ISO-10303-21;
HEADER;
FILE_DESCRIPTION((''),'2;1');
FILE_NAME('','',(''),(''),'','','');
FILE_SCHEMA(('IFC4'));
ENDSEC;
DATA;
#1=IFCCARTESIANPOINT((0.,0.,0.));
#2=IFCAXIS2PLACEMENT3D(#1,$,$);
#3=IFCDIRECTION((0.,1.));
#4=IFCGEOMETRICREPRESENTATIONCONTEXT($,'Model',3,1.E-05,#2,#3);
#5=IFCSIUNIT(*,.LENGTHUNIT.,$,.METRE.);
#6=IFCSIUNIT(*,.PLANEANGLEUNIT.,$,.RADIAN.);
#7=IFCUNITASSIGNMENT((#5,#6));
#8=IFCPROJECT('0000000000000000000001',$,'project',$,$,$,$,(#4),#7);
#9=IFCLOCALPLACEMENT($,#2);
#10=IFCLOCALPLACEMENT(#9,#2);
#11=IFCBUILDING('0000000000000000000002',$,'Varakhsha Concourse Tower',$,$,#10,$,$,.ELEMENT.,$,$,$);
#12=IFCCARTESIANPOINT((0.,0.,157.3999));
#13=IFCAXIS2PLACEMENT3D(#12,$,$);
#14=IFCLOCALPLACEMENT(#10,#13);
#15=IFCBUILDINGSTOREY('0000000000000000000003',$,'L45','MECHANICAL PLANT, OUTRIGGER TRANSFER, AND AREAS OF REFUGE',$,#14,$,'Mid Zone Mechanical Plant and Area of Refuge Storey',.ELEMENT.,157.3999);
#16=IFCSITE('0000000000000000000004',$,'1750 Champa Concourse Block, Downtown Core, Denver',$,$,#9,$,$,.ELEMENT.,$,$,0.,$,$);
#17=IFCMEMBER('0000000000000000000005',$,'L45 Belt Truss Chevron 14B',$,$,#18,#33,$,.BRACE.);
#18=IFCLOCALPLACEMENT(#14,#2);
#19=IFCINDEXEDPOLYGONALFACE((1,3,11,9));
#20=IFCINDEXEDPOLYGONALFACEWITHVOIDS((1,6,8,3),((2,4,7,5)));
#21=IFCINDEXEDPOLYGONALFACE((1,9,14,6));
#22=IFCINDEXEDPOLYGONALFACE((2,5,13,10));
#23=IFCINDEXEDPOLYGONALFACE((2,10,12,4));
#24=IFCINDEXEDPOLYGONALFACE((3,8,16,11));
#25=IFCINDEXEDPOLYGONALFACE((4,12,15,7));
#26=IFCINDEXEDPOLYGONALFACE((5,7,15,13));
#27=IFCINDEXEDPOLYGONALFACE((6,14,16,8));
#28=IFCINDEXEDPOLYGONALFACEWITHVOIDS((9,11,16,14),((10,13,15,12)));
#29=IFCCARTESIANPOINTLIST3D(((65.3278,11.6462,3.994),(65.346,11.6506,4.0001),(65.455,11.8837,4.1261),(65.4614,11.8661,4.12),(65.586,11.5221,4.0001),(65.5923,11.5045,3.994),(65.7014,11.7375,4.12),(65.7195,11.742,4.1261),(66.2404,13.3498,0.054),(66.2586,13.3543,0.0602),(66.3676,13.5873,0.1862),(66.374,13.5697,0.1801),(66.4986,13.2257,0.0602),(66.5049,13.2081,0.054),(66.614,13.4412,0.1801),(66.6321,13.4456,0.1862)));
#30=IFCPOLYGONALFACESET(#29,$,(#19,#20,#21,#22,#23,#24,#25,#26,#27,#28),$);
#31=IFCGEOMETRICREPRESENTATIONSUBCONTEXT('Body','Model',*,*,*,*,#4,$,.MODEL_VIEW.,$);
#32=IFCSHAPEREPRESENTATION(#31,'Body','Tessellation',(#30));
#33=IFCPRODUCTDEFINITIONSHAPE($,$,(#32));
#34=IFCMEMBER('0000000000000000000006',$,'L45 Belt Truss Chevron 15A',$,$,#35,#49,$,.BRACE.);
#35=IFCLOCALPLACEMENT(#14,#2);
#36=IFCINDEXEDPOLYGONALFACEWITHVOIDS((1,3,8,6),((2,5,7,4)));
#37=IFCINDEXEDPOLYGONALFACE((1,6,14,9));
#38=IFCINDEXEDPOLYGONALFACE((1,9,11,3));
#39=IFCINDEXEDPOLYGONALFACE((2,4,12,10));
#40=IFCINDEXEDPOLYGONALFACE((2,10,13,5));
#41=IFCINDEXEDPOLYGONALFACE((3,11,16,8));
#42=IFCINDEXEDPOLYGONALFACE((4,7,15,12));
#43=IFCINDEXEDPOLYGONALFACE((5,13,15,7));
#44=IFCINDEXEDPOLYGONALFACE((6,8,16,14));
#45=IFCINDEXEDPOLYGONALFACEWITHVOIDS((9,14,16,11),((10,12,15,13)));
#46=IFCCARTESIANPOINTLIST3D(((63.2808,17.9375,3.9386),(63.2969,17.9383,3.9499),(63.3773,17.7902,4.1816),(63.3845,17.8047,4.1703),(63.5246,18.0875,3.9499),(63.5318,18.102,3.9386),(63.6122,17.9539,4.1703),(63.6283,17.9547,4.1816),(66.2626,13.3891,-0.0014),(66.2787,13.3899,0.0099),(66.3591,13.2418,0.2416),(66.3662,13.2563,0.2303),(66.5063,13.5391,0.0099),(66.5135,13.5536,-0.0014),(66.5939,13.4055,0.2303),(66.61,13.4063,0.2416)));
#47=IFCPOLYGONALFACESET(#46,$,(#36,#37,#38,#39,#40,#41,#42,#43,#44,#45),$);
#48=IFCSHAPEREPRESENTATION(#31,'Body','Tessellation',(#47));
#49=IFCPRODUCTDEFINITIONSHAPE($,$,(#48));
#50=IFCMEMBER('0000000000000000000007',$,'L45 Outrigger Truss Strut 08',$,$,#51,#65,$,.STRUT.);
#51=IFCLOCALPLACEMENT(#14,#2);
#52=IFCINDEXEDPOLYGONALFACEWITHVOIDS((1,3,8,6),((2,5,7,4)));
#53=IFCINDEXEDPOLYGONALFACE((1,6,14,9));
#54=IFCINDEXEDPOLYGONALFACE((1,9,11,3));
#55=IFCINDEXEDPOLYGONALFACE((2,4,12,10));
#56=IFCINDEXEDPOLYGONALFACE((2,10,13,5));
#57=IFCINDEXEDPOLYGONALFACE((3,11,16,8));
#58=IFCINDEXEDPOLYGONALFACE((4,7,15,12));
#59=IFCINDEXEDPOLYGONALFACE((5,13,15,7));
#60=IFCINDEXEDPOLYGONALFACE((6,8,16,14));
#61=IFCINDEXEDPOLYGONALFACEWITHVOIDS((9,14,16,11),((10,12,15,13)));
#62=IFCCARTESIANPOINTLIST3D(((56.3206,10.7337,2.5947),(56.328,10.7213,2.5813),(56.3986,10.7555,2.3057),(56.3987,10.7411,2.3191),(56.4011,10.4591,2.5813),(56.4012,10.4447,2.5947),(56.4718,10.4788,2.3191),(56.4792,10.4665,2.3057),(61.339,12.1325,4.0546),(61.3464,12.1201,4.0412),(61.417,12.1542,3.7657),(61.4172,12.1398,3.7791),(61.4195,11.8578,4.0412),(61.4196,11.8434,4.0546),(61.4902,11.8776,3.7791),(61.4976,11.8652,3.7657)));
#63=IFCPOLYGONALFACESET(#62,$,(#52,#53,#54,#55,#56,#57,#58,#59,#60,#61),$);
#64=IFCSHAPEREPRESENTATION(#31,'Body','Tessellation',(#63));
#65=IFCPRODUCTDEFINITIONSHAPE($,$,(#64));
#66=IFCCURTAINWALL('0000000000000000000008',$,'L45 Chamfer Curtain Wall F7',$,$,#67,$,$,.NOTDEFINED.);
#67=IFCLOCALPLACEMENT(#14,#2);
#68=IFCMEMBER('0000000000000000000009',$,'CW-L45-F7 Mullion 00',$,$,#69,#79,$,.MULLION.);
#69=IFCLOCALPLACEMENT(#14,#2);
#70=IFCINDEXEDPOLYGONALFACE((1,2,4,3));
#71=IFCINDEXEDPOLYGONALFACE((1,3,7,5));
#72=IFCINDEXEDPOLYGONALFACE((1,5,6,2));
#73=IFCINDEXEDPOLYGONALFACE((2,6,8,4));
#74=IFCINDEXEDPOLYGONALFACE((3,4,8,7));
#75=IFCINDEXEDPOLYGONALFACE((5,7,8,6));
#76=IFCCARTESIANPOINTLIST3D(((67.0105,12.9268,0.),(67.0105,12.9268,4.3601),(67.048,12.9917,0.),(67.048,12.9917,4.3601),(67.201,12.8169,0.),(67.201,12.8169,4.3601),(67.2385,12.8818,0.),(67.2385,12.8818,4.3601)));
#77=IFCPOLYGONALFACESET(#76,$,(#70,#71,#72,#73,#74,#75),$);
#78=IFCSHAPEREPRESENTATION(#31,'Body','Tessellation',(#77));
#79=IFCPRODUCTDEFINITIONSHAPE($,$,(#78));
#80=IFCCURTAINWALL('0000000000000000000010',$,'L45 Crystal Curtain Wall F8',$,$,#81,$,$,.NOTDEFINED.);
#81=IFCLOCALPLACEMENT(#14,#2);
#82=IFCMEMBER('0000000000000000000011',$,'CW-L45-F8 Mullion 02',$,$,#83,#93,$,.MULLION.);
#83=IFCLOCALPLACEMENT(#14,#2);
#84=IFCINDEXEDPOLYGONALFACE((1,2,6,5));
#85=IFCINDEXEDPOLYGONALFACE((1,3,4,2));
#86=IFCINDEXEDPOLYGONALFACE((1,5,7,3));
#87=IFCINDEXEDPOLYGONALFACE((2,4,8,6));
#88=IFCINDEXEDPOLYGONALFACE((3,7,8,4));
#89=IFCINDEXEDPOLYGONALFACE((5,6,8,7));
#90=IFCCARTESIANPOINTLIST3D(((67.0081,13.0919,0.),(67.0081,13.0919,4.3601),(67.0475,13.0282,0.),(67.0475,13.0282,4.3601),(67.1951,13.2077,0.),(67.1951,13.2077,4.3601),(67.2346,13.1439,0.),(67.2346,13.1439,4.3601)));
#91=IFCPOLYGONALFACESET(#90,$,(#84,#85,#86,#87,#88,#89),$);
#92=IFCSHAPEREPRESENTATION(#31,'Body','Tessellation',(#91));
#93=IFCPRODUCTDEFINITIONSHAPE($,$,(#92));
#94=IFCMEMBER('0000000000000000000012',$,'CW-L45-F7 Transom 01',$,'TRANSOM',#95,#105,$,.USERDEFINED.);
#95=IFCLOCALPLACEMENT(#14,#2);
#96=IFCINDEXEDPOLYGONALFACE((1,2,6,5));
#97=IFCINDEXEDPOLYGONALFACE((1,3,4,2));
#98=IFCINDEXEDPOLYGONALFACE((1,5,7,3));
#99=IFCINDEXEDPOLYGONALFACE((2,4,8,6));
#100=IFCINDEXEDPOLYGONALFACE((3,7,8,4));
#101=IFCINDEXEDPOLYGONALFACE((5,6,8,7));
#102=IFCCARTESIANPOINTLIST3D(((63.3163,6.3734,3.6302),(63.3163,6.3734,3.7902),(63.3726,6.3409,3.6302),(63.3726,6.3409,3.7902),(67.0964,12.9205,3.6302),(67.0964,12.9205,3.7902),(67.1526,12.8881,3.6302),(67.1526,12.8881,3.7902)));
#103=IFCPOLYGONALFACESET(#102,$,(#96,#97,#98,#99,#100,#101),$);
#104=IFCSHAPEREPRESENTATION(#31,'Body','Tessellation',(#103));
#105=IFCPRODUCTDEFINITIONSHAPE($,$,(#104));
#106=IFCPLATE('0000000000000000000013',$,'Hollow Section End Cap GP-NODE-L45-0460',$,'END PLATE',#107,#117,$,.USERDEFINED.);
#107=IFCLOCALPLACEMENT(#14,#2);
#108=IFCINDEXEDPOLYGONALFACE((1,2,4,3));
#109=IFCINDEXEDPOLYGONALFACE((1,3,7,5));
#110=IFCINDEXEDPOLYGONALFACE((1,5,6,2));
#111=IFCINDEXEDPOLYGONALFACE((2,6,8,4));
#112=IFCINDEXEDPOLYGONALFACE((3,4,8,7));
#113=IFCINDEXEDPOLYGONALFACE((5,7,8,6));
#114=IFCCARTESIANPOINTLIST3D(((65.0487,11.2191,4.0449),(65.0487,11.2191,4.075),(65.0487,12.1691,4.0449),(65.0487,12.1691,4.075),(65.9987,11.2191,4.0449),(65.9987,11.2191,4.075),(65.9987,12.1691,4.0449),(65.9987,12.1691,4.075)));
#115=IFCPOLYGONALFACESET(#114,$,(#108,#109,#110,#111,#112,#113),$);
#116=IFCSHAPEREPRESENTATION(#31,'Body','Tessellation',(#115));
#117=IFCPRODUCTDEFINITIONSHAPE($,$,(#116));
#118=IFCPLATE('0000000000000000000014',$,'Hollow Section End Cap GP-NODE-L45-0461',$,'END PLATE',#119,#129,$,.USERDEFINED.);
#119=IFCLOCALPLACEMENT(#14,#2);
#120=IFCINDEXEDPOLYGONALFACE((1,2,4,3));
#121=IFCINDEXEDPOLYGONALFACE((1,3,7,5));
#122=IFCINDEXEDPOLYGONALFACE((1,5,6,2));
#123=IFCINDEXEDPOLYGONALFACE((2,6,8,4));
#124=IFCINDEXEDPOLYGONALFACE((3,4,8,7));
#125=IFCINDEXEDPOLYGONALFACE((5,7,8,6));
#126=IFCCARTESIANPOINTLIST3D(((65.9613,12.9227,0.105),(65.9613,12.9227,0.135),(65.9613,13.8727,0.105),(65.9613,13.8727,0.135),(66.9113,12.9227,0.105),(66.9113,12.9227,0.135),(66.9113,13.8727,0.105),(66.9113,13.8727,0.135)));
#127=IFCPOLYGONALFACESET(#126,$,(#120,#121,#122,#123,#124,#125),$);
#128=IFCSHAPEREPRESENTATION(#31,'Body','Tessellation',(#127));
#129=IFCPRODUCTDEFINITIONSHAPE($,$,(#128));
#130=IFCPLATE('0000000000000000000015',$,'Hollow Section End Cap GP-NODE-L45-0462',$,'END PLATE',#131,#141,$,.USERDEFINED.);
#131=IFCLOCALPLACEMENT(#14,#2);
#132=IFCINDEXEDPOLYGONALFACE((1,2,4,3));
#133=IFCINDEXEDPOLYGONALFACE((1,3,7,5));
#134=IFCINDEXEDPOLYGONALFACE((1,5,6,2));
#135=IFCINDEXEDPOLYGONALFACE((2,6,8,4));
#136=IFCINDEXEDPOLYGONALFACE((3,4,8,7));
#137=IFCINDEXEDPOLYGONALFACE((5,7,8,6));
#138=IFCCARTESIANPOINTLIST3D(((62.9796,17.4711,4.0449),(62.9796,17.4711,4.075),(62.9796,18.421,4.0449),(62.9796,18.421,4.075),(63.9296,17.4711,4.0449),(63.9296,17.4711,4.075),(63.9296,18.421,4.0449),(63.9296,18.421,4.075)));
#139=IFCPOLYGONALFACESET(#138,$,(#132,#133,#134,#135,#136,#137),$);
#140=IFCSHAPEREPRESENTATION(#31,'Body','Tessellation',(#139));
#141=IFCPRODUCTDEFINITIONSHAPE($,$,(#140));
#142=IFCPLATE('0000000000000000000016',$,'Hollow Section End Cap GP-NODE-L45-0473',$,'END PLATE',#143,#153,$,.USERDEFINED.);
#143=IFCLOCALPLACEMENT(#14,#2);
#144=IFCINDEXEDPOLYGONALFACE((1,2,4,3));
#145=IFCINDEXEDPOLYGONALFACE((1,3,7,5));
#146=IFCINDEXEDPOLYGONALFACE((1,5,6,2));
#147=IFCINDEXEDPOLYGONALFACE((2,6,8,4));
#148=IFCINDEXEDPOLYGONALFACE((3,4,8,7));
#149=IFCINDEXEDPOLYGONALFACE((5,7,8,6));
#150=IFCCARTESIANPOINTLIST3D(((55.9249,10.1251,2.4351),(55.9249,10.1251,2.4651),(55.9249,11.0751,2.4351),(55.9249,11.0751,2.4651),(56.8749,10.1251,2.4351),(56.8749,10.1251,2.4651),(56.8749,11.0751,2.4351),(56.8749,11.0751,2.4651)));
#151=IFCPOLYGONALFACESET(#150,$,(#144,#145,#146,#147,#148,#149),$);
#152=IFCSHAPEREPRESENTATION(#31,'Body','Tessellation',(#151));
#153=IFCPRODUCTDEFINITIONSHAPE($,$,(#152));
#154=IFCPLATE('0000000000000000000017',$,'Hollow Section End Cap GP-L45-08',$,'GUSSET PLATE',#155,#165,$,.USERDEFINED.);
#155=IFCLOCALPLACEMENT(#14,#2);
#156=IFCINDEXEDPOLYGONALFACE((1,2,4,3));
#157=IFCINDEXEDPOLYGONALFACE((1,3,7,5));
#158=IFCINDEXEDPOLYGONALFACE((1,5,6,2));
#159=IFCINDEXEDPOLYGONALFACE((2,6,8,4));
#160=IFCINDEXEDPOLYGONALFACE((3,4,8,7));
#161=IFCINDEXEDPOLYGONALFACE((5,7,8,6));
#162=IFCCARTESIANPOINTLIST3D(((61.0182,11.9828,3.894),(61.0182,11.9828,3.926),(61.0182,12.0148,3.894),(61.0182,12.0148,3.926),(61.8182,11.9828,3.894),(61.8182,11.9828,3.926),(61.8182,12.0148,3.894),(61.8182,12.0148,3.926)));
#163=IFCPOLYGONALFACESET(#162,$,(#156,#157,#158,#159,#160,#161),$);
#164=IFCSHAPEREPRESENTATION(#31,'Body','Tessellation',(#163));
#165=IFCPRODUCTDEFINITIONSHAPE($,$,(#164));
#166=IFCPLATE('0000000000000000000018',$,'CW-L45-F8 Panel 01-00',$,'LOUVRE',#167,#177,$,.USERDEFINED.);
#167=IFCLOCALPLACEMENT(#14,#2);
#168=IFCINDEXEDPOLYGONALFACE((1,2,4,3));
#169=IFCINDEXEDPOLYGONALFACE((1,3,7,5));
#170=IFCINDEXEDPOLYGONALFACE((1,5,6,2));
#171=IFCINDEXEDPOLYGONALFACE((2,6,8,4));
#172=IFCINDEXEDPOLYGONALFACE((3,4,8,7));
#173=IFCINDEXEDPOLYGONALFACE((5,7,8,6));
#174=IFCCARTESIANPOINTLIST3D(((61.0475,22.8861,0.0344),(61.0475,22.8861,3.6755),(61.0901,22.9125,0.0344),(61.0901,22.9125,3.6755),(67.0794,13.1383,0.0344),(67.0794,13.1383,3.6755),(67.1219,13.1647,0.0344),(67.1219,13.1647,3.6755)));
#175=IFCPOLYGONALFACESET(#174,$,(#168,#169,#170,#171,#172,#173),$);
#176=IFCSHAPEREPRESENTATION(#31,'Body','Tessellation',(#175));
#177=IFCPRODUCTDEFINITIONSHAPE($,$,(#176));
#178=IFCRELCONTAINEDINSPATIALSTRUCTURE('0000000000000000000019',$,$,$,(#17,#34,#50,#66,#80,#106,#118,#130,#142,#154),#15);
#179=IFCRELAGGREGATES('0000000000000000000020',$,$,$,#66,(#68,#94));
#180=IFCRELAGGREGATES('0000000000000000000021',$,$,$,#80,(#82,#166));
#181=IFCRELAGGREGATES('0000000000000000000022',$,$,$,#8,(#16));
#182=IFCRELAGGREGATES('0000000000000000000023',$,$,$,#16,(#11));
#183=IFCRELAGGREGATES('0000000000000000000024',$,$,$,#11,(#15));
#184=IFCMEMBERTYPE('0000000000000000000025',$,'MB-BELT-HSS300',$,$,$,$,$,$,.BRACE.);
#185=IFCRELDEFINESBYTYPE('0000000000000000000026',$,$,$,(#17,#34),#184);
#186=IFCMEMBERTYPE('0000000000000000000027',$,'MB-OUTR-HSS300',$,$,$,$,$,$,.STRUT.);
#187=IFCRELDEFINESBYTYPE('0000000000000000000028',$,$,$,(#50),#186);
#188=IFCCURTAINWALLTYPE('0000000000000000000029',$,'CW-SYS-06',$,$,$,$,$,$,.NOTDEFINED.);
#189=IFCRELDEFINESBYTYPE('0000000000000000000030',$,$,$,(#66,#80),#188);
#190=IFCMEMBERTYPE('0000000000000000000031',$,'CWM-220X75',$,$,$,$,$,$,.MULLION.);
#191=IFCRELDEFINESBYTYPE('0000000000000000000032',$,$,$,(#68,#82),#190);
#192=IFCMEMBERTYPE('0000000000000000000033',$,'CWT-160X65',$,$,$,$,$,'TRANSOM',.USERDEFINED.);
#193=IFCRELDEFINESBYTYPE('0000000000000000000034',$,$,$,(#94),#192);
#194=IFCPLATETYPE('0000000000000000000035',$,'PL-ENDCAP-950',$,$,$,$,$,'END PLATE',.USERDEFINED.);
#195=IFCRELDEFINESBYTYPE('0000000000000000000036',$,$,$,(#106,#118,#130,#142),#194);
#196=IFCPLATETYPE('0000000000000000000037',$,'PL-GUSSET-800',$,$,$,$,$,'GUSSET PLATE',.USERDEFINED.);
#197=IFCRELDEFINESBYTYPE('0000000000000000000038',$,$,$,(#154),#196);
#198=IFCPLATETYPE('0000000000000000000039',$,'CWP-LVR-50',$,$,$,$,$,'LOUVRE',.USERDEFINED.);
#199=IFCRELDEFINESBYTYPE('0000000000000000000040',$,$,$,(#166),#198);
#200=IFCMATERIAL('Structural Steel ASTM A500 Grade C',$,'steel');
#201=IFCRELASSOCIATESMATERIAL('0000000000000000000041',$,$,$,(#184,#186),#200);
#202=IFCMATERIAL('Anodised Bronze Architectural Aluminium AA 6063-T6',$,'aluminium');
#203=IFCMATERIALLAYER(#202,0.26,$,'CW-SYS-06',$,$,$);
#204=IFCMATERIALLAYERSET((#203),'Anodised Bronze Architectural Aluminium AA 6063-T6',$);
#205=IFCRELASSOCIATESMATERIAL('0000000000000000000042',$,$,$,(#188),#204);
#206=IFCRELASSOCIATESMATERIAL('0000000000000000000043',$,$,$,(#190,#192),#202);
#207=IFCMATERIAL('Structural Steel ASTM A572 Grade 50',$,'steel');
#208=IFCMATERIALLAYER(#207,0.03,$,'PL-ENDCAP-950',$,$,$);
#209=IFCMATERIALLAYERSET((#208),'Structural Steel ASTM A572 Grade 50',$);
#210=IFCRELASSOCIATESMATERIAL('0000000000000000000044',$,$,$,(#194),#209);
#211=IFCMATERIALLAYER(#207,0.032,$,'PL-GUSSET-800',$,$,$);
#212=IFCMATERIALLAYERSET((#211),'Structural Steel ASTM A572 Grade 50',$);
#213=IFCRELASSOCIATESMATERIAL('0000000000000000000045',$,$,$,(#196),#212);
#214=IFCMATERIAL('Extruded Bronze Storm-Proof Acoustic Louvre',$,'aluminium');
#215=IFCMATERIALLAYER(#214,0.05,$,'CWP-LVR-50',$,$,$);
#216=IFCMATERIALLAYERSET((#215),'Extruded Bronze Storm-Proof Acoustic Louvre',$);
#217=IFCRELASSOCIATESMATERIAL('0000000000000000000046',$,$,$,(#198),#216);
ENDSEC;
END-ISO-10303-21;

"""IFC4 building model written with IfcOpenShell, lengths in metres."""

from ifc_helpers import new_model, si_unit, direction, frame, origin, origin_2d, place, context, subcontext, project, spatial, rectangle, hollow_rectangle, extrude, source, transform, mapped, material, layer, layer_set, material_profile, profile_set, type_object, type_shapes, element, aggregate, save


model = new_model("IFC4")

# Units and contexts
model_context = context("Model", 3, precision=1e-05, world=origin(), true_north=direction((0.0, 1.0)))
body_context = subcontext(model_context, "Body", "Model", "MODEL_VIEW")
ifc_project = project(units=[si_unit("LENGTHUNIT", "METRE"), si_unit("PLANEANGLEUNIT", "RADIAN")], contexts=[model_context])

# Site, building, storey
site_placement = place(None, origin())
site = spatial("IfcSite", under=ifc_project, at=site_placement, Name="1750 Champa Concourse Block, Downtown Core, Denver", CompositionType="ELEMENT", RefElevation=0.0)
building_placement = place(site_placement, origin())
building = spatial("IfcBuilding", under=site, at=building_placement, Name="Varakhsha Concourse Tower", CompositionType="ELEMENT")
storey_placement = place(building_placement, frame((0.0, 0.0, 157.3999)))
storey = spatial("IfcBuildingStorey", under=building, at=storey_placement, Name="L45", Description="MECHANICAL PLANT, OUTRIGGER TRANSFER, AND AREAS OF REFUGE", LongName="Mid Zone Mechanical Plant and Area of Refuge Storey", CompositionType="ELEMENT", Elevation=157.3999)

# Shared definitions
ifc_material_1 = material(Name="Structural Steel ASTM A572 Grade 50", Category="steel")

# Members
ifc_material_2 = material(Name="Structural Steel ASTM A500 Grade C", Category="steel")
ifc_material_profile_1 = material_profile(ifc_material_2, hollow_rectangle(XDim=0.3, YDim=0.3, WallThickness=0.0139, at=origin_2d()), Name="HSS 300x300x14")
ifc_profile_set_1 = profile_set([ifc_material_profile_1], Name="Structural Steel ASTM A500 Grade C")
member_type_1 = type_object("IfcMemberType", Name="MB-BELT-HSS300", PredefinedType="BRACE", material=ifc_profile_set_1)
shared_shape_1 = source(origin(), body_context, "Body", "SweptSolid", [
    extrude(hollow_rectangle(XDim=0.3, YDim=0.3, WallThickness=0.0139, at=origin_2d()), origin(), (0.0, 0.0, 1.0), 4.3884),
])
member_1_placement = place(storey_placement, frame((66.4363, 13.3977, 0.1201), z_axis=(-0.207956, -0.388206, 0.897803), x_axis=(0.881491, -0.4722, 0.0)))
element("IfcMember", 1, at=member_1_placement, inside=storey, type_object=member_type_1, Name="L45 Belt Truss Chevron 14B", PredefinedType="BRACE", context=body_context, shape_type="MappedRepresentation", body=[
    mapped(shared_shape_1, transform((0.0, 0.0, 0.0), scale=1.0)),
])
shared_shape_2 = source(origin(), body_context, "Body", "SweptSolid", [
    extrude(hollow_rectangle(XDim=0.3, YDim=0.3, WallThickness=0.0139, at=origin_2d()), origin(), (0.0, 0.0, 1.0), 6.7158),
])
type_shapes(member_type_1, [shared_shape_1, shared_shape_2])
member_2_placement = place(storey_placement, frame((66.4363, 13.3977, 0.1201), z_axis=(-0.443986, 0.677267, 0.586674), x_axis=(-0.836314, -0.54825, 0.0)))
element("IfcMember", 2, at=member_2_placement, inside=storey, type_object=member_type_1, Name="L45 Belt Truss Chevron 15A", PredefinedType="BRACE", context=body_context, shape_type="MappedRepresentation", body=[
    mapped(shared_shape_2, transform((0.0, 0.0, 0.0), scale=1.0)),
])
ifc_material_profile_2 = material_profile(ifc_material_2, hollow_rectangle(XDim=0.3, YDim=0.3, WallThickness=0.0139, at=origin_2d()), Name="HSS 300x300x14")
ifc_profile_set_2 = profile_set([ifc_material_profile_2], Name="Structural Steel ASTM A500 Grade C")
member_type_2 = type_object("IfcMemberType", Name="MB-OUTR-HSS300", PredefinedType="STRUT", material=ifc_profile_set_2)
shared_shape_3 = source(origin(), body_context, "Body", "SweptSolid", [
    extrude(hollow_rectangle(XDim=0.3, YDim=0.3, WallThickness=0.0139, at=origin_2d()), origin(), (0.0, 0.0, 1.0), 5.4104),
])
type_shapes(member_type_2, [shared_shape_3])
member_3_placement = place(storey_placement, frame((56.3999, 10.6001, 2.4502), z_axis=(0.927549, 0.258522, 0.269849), x_axis=(-0.268482, 0.963285, 0.0)))
element("IfcMember", 3, at=member_3_placement, inside=storey, type_object=member_type_2, Name="L45 Outrigger Truss Strut 08", PredefinedType="STRUT", context=body_context, shape_type="MappedRepresentation", body=[
    mapped(shared_shape_3, transform((0.0, 0.0, 0.0), scale=1.0)),
])

# Curtain walls, members
ifc_material_3 = material(Name="Anodised Bronze Architectural Aluminium AA 6063-T6", Category="aluminium")
ifc_layer_1 = layer(ifc_material_3, 0.26, Name="CW-SYS-06")
ifc_layer_set_1 = layer_set([ifc_layer_1], Name="Anodised Bronze Architectural Aluminium AA 6063-T6")
curtain_wall_type = type_object("IfcCurtainWallType", Name="CW-SYS-06", PredefinedType="NOTDEFINED", material=ifc_layer_set_1)
curtain_wall_1_placement = place(storey_placement, origin())
curtain_wall_1 = element("IfcCurtainWall", 4, at=curtain_wall_1_placement, inside=storey, type_object=curtain_wall_type, Name="L45 Chamfer Curtain Wall F7", PredefinedType="NOTDEFINED")
ifc_material_profile_3 = material_profile(ifc_material_3, rectangle(XDim=0.075, YDim=0.22, at=origin_2d()), Name="CWM-220X75")
ifc_profile_set_3 = profile_set([ifc_material_profile_3], Name="Anodised Bronze Architectural Aluminium AA 6063-T6")
member_type_3 = type_object("IfcMemberType", Name="CWM-220X75", PredefinedType="MULLION", material=ifc_profile_set_3)
shared_shape_4 = source(origin(), body_context, "Body", "SweptSolid", [
    extrude(rectangle(XDim=0.075, YDim=0.22, at=origin_2d()), origin(), (0.0, 0.0, 1.0), 4.3601),
])
type_shapes(member_type_3, [shared_shape_4])
member_4_placement = place(storey_placement, frame((67.1245, 12.9043, 0.0), z_axis=(0.0, 0.0, 1.0), x_axis=(-0.499991, -0.866031, 0.0)))
member_4 = element("IfcMember", 5, at=member_4_placement, type_object=member_type_3, Name="CW-L45-F7 Mullion 00", PredefinedType="MULLION", context=body_context, shape_type="MappedRepresentation", body=[
    mapped(shared_shape_4, transform((0.0, 0.0, 0.0), scale=1.0)),
])
curtain_wall_2_placement = place(storey_placement, origin())
curtain_wall_2 = element("IfcCurtainWall", 6, at=curtain_wall_2_placement, inside=storey, type_object=curtain_wall_type, Name="L45 Crystal Curtain Wall F8", PredefinedType="NOTDEFINED")
member_5_placement = place(storey_placement, frame((67.1213, 13.1179, 0.0), z_axis=(0.0, 0.0, 1.0), x_axis=(0.526199, -0.850361, 0.0)))
member_5 = element("IfcMember", 7, at=member_5_placement, type_object=member_type_3, Name="CW-L45-F8 Mullion 02", PredefinedType="MULLION", context=body_context, shape_type="MappedRepresentation", body=[
    mapped(shared_shape_4, transform((0.0, 0.0, 0.0), scale=1.0)),
])

# Member
ifc_material_profile_4 = material_profile(ifc_material_3, rectangle(XDim=0.0649, YDim=0.1599, at=origin_2d()), Name="CWT-160X65")
ifc_profile_set_4 = profile_set([ifc_material_profile_4], Name="Anodised Bronze Architectural Aluminium AA 6063-T6")
member_type_4 = type_object("IfcMemberType", Name="CWT-160X65", ElementType="TRANSOM", PredefinedType="USERDEFINED", material=ifc_profile_set_4)
shared_shape_5 = source(origin(), body_context, "Body", "SweptSolid", [
    extrude(rectangle(XDim=0.0649, YDim=0.1599, at=origin_2d()), origin(), (0.0, 0.0, 1.0), 7.5601),
])
type_shapes(member_type_4, [shared_shape_5])
member_6_placement = place(storey_placement, frame((67.1245, 12.9043, 3.7102), z_axis=(-0.500005, -0.866023, 0.0), x_axis=(0.866023, -0.500005, 0.0)))
member_6 = element("IfcMember", 8, at=member_6_placement, type_object=member_type_4, Name="CW-L45-F7 Transom 01", ObjectType="TRANSOM", PredefinedType="USERDEFINED", context=body_context, shape_type="MappedRepresentation", body=[
    mapped(shared_shape_5, transform((0.0, 0.0, 0.0), scale=1.0)),
])
aggregate(curtain_wall_1, [member_4, member_6])

# Plates
ifc_layer_2 = layer(ifc_material_1, 0.03, Name="PL-ENDCAP-950")
ifc_layer_set_2 = layer_set([ifc_layer_2], Name="Structural Steel ASTM A572 Grade 50")
plate_type_1 = type_object("IfcPlateType", Name="PL-ENDCAP-950", ElementType="END PLATE", PredefinedType="USERDEFINED", material=ifc_layer_set_2)
shared_shape_6 = source(origin(), body_context, "Body", "SweptSolid", [
    extrude(rectangle(XDim=0.95, YDim=0.95, at=origin_2d()), origin(), (0.0, 0.0, 1.0), 0.03),
])
type_shapes(plate_type_1, [shared_shape_6])
for number, where, z_axis, x_axis, name in (
    (9, (65.5237, 11.6941, 4.0449), (0.0, 0.0, 1.0), (1.0, 0.0, 0.0), "Hollow Section End Cap GP-NODE-L45-0460"),
    (10, (66.4363, 13.3977, 0.105), (0.0, 0.0, 1.0), (1.0, 0.0, 0.0), "Hollow Section End Cap GP-NODE-L45-0461"),
    (11, (63.4546, 17.946, 4.0449), (0.0, 0.0, 1.0), (1.0, 0.0, 0.0), "Hollow Section End Cap GP-NODE-L45-0462"),
    (12, (56.3999, 10.6001, 2.4351), (0.0, 0.0, 1.0), (1.0, 0.0, 0.0), "Hollow Section End Cap GP-NODE-L45-0473"),
):
    element("IfcPlate", number, at=place(storey_placement, frame(where, z_axis=z_axis, x_axis=x_axis)), inside=storey, type_object=plate_type_1, Name=name, ObjectType="END PLATE", PredefinedType="USERDEFINED", context=body_context, shape_type="MappedRepresentation", body=[
        mapped(shared_shape_6, transform((0.0, 0.0, 0.0), scale=1.0)),
    ])
ifc_layer_3 = layer(ifc_material_1, 0.032, Name="PL-GUSSET-800")
ifc_layer_set_3 = layer_set([ifc_layer_3], Name="Structural Steel ASTM A572 Grade 50")
plate_type_2 = type_object("IfcPlateType", Name="PL-GUSSET-800", ElementType="GUSSET PLATE", PredefinedType="USERDEFINED", material=ifc_layer_set_3)
shared_shape_7 = source(origin(), body_context, "Body", "SweptSolid", [
    extrude(rectangle(XDim=0.8, YDim=0.032, at=origin_2d()), origin(), (0.0, 0.0, 1.0), 0.032),
])
type_shapes(plate_type_2, [shared_shape_7])
plate_1_placement = place(storey_placement, frame((61.4182, 11.9988, 3.894), z_axis=(0.0, 0.0, 1.0), x_axis=(1.0, 0.0, 0.0)))
element("IfcPlate", 13, at=plate_1_placement, inside=storey, type_object=plate_type_2, Name="Hollow Section End Cap GP-L45-08", ObjectType="GUSSET PLATE", PredefinedType="USERDEFINED", context=body_context, shape_type="MappedRepresentation", body=[
    mapped(shared_shape_7, transform((0.0, 0.0, 0.0), scale=1.0)),
])

# Plate
ifc_material_4 = material(Name="Extruded Bronze Storm-Proof Acoustic Louvre", Category="aluminium")
ifc_layer_4 = layer(ifc_material_4, 0.05, Name="CWP-LVR-50")
ifc_layer_set_4 = layer_set([ifc_layer_4], Name="Extruded Bronze Storm-Proof Acoustic Louvre")
plate_type_3 = type_object("IfcPlateType", Name="CWP-LVR-50", ElementType="LOUVRE", PredefinedType="USERDEFINED", material=ifc_layer_set_4)
shared_shape_8 = source(origin(), body_context, "Body", "SweptSolid", [
    extrude(rectangle(XDim=11.4631, YDim=0.05, at=origin_2d()), origin(), (0.0, 0.0, 1.0), 3.6411),
])
type_shapes(plate_type_3, [shared_shape_8])
plate_2_placement = place(storey_placement, frame((64.0847, 18.0254, 0.0344), z_axis=(0.0, 0.0, 1.0), x_axis=(0.526199, -0.850361, 0.0)))
plate_2 = element("IfcPlate", 14, at=plate_2_placement, type_object=plate_type_3, Name="CW-L45-F8 Panel 01-00", ObjectType="LOUVRE", PredefinedType="USERDEFINED", context=body_context, shape_type="MappedRepresentation", body=[
    mapped(shared_shape_8, transform((0.0, 0.0, 0.0), scale=1.0)),
])
aggregate(curtain_wall_2, [member_5, plate_2])

save(model, "model.ifc")
